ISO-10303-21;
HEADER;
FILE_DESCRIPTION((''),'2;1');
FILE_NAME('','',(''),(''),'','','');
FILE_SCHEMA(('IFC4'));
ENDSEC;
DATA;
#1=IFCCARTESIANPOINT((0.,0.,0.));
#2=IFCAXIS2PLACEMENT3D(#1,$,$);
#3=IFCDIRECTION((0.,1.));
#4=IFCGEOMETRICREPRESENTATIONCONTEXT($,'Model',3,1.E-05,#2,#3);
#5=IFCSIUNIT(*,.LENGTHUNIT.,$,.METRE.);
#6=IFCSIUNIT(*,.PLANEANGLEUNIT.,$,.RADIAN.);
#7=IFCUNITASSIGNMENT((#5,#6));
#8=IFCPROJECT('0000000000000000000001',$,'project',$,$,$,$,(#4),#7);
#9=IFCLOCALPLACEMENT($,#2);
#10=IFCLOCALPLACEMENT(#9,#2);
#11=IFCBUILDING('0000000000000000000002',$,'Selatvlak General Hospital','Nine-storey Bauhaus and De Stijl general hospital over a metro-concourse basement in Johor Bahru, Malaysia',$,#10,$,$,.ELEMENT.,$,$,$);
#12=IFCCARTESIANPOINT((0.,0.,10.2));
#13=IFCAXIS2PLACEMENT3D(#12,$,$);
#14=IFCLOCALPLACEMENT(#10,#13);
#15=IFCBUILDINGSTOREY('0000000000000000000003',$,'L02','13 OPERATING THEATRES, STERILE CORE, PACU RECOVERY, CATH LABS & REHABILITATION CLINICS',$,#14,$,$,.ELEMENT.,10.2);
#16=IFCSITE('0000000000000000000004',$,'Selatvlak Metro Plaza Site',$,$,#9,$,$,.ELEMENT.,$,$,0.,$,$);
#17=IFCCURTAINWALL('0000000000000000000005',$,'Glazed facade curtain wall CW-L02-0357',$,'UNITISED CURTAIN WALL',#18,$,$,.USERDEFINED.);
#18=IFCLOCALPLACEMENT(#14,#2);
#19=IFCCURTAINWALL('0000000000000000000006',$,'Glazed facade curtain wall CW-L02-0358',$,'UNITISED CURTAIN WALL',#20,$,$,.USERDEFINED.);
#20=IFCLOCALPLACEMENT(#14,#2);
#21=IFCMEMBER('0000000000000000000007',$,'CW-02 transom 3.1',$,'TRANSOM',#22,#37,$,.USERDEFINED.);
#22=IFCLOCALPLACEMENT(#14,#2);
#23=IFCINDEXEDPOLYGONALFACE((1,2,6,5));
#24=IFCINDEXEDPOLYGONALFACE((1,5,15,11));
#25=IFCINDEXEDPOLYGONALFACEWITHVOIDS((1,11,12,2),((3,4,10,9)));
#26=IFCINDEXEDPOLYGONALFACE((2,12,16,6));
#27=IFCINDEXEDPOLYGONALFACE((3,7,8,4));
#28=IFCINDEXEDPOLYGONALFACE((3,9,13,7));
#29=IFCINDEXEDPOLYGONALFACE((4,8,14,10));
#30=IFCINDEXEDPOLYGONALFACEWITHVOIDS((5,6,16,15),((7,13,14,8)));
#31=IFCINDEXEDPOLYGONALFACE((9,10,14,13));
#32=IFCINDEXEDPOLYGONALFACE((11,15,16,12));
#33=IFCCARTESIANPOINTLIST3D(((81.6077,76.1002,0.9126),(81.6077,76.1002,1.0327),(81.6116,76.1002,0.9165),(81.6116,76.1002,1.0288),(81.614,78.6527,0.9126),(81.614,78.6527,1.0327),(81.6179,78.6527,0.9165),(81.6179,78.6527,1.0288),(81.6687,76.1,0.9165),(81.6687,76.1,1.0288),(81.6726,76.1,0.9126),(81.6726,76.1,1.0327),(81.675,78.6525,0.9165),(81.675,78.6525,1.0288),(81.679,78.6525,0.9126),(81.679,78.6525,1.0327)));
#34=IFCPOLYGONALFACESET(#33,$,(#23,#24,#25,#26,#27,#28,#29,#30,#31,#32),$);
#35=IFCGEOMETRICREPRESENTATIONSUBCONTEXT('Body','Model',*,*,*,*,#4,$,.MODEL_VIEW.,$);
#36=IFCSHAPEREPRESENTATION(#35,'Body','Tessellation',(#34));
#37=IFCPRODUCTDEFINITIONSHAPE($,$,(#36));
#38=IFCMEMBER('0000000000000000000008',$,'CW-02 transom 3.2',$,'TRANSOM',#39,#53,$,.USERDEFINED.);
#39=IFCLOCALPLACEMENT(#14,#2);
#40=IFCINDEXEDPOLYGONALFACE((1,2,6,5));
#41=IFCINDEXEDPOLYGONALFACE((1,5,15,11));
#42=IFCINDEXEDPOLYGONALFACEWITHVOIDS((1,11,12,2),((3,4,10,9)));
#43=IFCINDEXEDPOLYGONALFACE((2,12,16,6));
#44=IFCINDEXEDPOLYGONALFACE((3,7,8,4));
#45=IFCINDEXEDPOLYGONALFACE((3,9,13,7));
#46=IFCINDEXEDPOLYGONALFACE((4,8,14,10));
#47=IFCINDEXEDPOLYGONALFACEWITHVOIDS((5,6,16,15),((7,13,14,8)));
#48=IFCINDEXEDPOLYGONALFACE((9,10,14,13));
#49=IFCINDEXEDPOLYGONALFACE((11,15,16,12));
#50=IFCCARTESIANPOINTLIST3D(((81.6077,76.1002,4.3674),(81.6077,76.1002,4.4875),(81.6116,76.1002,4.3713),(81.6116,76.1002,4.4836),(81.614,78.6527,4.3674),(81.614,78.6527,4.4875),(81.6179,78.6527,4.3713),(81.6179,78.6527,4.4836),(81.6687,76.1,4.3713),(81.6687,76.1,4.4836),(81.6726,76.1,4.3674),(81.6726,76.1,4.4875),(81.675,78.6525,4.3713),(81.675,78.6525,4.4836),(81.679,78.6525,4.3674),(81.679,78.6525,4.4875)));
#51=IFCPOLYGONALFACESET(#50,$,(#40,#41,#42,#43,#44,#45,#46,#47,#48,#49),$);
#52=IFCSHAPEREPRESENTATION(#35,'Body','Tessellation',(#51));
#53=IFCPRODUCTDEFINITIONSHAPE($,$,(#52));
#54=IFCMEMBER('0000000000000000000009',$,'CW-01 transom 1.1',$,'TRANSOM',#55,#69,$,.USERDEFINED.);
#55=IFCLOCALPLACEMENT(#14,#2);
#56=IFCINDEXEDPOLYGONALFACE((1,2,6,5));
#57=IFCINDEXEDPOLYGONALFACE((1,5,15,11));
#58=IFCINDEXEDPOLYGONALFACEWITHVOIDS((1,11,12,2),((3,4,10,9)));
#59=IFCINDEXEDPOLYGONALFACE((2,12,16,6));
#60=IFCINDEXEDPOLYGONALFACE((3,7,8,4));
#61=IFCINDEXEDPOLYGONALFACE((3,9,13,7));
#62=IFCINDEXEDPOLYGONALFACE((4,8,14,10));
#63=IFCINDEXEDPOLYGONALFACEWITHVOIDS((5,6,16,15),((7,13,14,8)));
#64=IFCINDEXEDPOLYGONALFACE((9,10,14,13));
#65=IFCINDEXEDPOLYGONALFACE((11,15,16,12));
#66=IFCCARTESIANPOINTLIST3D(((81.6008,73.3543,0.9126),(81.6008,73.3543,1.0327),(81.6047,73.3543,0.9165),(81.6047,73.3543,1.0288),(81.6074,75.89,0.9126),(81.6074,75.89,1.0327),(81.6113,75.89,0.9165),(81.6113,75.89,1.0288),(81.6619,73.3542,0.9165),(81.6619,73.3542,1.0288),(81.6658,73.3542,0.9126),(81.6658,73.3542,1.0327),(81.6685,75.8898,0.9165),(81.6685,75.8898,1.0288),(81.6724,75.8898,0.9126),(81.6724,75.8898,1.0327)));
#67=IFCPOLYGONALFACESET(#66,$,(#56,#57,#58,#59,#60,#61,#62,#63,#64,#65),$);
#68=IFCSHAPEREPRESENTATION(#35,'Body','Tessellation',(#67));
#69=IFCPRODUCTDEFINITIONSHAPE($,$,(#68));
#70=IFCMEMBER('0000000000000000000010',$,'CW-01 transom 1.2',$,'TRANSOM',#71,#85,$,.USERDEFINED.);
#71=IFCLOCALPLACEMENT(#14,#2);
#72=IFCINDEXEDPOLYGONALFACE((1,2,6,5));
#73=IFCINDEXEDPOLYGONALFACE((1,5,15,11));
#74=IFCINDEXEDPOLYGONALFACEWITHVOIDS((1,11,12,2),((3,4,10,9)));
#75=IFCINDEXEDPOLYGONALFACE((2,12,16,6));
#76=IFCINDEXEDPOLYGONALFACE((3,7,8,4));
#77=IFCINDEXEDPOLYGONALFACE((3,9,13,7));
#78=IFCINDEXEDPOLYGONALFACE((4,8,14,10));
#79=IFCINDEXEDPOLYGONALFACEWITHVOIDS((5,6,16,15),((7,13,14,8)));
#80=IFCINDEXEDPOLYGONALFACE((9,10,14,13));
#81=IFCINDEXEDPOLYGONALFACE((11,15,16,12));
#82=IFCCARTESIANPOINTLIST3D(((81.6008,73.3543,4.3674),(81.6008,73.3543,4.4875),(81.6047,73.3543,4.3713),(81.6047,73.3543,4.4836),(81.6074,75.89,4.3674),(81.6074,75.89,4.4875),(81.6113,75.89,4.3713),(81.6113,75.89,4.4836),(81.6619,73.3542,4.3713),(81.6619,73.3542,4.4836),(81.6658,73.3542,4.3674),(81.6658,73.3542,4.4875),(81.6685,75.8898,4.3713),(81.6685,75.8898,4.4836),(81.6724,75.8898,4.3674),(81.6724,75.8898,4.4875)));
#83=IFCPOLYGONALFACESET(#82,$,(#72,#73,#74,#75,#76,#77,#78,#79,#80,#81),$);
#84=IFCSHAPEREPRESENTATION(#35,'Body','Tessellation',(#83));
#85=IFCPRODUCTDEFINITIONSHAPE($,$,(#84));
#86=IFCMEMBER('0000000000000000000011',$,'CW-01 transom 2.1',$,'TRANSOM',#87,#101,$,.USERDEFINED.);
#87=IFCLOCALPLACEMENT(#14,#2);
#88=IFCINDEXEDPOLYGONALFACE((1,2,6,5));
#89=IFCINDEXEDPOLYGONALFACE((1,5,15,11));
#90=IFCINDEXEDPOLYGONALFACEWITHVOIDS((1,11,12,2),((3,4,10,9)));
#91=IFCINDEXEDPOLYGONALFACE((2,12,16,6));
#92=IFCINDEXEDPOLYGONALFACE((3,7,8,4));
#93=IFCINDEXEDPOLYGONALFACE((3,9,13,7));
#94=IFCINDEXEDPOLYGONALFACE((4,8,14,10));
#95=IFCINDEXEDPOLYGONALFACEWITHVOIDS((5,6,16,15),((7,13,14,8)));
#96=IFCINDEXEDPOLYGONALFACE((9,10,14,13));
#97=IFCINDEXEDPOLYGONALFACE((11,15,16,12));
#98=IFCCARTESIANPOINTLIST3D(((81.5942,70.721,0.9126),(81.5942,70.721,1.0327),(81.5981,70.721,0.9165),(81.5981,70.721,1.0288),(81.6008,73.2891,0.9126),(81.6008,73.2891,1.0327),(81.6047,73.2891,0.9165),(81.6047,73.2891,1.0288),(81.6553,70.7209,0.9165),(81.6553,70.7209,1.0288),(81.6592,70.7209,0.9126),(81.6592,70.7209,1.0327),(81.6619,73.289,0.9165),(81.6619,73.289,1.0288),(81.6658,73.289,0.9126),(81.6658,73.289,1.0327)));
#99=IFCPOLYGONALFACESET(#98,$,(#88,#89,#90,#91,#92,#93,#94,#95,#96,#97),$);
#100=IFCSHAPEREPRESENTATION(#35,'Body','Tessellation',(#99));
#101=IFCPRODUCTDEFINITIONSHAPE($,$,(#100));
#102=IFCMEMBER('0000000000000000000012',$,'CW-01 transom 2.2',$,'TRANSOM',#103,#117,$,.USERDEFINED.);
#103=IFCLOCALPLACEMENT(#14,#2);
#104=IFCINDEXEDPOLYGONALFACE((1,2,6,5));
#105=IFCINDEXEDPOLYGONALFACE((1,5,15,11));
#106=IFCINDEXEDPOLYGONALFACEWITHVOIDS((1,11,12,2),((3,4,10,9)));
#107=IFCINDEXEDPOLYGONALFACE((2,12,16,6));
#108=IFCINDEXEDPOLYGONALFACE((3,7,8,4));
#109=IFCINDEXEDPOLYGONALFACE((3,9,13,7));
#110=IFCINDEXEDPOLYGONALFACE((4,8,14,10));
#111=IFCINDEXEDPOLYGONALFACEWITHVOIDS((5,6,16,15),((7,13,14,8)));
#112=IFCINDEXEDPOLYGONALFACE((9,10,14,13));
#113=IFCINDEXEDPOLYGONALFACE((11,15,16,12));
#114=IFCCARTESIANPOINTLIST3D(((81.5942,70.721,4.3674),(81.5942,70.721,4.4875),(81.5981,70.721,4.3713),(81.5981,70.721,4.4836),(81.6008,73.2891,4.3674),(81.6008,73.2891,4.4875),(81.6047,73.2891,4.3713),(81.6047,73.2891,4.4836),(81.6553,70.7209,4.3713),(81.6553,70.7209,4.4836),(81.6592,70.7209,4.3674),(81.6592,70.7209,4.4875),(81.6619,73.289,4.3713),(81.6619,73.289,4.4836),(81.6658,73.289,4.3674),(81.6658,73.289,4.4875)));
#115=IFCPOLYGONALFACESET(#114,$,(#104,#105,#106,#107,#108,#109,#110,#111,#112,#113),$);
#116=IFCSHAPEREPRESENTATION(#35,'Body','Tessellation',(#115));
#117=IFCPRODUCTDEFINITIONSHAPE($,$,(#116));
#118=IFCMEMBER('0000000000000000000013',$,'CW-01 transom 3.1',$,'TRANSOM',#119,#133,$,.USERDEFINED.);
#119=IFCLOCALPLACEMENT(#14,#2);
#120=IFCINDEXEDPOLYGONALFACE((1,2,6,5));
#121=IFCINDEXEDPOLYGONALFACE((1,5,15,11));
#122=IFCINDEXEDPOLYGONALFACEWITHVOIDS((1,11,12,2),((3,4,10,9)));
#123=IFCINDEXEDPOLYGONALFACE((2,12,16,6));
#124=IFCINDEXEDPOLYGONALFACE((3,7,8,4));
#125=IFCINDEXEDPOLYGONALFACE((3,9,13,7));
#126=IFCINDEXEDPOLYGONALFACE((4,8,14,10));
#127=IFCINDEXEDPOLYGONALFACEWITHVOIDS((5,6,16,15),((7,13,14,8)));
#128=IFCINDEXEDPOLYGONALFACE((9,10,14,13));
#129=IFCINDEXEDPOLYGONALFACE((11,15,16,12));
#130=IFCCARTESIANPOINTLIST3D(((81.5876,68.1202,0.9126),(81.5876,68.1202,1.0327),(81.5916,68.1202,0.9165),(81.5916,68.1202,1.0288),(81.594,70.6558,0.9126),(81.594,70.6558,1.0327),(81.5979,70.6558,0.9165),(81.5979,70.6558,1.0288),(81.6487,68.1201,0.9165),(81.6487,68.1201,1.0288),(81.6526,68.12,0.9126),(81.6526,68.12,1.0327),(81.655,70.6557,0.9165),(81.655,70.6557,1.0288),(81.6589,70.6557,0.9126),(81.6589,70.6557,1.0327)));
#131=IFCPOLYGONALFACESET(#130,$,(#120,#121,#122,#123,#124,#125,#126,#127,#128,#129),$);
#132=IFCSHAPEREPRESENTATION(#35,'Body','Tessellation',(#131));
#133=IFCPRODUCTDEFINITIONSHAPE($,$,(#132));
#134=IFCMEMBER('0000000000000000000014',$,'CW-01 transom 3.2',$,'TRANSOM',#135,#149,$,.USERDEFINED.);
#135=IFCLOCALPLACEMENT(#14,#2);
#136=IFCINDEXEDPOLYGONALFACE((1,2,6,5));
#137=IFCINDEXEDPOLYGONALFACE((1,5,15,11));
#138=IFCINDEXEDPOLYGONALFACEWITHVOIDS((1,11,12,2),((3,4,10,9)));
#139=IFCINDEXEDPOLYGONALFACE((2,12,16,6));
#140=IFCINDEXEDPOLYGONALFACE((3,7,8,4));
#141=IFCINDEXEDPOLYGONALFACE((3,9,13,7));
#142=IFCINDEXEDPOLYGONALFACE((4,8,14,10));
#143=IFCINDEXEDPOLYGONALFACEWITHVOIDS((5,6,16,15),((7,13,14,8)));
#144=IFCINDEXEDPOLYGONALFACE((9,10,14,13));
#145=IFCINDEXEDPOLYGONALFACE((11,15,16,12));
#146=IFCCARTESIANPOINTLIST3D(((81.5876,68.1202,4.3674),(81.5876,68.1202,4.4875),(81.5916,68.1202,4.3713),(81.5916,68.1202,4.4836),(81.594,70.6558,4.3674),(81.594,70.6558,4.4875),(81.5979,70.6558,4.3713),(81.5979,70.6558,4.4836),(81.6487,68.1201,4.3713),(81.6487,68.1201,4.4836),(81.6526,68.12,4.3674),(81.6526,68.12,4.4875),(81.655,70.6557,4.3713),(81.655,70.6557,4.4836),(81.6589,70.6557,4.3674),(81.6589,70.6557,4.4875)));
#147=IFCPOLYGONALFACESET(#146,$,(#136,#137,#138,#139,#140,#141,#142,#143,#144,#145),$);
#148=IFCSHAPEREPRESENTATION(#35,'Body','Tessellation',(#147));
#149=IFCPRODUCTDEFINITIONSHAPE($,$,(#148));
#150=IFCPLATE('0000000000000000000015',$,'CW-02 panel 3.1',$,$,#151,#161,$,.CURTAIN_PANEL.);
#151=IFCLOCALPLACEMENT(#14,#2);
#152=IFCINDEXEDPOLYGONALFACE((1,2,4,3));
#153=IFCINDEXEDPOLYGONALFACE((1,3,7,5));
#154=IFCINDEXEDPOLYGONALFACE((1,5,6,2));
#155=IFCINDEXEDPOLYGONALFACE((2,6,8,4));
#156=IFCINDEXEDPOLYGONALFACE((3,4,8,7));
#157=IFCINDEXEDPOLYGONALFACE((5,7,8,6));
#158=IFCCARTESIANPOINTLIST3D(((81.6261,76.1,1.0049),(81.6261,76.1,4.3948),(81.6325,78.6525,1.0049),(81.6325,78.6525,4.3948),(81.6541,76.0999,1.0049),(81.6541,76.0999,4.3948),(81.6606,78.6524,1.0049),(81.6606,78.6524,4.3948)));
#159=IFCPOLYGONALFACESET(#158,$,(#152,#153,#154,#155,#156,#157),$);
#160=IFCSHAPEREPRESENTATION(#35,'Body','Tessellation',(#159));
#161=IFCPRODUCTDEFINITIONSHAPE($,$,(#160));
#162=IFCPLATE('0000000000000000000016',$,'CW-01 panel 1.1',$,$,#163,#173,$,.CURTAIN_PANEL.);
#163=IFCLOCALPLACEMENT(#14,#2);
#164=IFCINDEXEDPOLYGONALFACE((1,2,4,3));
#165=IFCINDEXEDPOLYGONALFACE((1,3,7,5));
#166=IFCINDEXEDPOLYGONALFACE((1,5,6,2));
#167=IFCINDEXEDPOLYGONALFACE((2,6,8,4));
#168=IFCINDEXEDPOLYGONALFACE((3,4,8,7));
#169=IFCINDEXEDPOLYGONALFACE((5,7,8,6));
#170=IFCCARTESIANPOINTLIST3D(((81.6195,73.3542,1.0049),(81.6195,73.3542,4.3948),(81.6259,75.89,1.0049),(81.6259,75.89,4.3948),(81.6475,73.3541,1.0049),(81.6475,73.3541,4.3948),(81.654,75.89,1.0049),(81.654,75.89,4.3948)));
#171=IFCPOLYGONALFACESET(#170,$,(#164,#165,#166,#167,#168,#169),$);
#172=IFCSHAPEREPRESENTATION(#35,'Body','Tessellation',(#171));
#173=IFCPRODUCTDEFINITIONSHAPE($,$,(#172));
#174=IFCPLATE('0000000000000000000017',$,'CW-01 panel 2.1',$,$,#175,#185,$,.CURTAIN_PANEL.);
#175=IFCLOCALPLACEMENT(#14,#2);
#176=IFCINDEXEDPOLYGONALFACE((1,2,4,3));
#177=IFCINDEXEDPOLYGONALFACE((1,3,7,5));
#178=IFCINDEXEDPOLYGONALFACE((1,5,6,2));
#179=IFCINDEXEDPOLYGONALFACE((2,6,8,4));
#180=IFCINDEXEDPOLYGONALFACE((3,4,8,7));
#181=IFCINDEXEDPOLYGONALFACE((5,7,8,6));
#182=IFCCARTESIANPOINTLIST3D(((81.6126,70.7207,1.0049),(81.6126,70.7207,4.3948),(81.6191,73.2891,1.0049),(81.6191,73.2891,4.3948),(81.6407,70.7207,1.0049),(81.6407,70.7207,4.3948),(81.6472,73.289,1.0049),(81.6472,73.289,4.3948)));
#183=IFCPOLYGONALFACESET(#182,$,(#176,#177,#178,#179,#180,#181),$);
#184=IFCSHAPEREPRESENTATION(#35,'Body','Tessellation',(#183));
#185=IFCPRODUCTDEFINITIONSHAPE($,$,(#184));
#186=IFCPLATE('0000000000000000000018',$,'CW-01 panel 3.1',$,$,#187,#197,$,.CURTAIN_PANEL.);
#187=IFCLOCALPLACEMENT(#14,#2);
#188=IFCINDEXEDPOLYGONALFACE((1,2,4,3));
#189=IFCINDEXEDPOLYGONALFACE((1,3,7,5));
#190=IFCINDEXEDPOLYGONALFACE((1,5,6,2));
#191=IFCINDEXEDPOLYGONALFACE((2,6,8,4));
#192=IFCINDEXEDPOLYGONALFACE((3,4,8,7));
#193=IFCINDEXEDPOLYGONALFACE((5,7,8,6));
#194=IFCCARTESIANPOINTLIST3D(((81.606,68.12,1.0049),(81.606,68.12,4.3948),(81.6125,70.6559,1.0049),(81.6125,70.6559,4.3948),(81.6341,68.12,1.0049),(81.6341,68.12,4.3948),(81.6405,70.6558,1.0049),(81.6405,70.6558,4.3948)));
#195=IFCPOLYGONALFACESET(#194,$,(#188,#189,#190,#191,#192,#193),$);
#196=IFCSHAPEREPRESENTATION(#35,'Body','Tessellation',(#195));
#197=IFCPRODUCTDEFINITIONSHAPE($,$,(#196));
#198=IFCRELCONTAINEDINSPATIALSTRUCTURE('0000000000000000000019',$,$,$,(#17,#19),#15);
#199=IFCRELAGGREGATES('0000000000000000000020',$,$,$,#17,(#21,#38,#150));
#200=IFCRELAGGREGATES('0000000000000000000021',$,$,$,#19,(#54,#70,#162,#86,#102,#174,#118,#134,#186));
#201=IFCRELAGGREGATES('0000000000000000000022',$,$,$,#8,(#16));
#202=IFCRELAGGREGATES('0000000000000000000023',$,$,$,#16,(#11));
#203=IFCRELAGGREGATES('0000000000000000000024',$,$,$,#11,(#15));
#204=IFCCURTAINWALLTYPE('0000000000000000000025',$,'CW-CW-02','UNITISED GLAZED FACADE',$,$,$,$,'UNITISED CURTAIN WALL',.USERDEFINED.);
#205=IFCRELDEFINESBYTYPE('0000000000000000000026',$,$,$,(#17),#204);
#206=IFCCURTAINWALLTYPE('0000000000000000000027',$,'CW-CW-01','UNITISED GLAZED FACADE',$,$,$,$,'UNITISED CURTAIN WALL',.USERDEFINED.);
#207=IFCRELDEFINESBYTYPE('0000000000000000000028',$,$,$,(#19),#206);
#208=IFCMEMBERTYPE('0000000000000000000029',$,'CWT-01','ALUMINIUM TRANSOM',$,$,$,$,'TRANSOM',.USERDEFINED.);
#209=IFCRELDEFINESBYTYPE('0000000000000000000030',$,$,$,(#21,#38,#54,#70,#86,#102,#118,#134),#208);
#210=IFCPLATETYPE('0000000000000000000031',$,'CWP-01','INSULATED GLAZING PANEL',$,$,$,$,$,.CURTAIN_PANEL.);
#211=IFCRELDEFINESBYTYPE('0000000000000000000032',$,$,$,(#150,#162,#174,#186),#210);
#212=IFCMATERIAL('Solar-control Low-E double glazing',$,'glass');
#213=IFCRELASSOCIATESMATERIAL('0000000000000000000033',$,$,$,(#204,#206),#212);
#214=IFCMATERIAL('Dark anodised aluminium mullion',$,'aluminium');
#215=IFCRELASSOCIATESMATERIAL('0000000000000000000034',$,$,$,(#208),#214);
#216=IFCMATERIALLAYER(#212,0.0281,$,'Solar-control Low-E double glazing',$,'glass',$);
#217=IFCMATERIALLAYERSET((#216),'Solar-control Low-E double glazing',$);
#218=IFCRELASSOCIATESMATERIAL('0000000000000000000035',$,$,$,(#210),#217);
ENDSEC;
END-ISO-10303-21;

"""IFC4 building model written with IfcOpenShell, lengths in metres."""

from ifc_helpers import new_model, si_unit, direction, frame, origin, origin_2d, place, context, subcontext, project, spatial, rectangle, hollow_rectangle, extrude, material, layer, layer_set, material_profile, profile_set, type_object, element, aggregate, save


model = new_model("IFC4")

# Units and contexts
model_context = context("Model", 3, precision=1e-05, world=origin(), true_north=direction((0.0, 1.0)))
body_context = subcontext(model_context, "Body", "Model", "MODEL_VIEW")
ifc_project = project(units=[si_unit("LENGTHUNIT", "METRE"), si_unit("PLANEANGLEUNIT", "RADIAN")], contexts=[model_context])

# Site, building, storey
site_placement = place(None, origin())
site = spatial("IfcSite", under=ifc_project, at=site_placement, Name="Selatvlak Metro Plaza Site", CompositionType="ELEMENT", RefElevation=0.0)
building_placement = place(site_placement, origin())
building = spatial("IfcBuilding", under=site, at=building_placement, Name="Selatvlak General Hospital", Description="Nine-storey Bauhaus and De Stijl general hospital over a metro-concourse basement in Johor Bahru, Malaysia", CompositionType="ELEMENT")
storey_placement = place(building_placement, frame((0.0, 0.0, 10.2)))
storey = spatial("IfcBuildingStorey", under=building, at=storey_placement, Name="L02", Description="13 OPERATING THEATRES, STERILE CORE, PACU RECOVERY, CATH LABS & REHABILITATION CLINICS", CompositionType="ELEMENT", Elevation=10.2)

# Curtain walls
ifc_material_1 = material(Name="Solar-control Low-E double glazing", Category="glass")
curtain_wall_type_1 = type_object("IfcCurtainWallType", Name="CW-CW-02", Description="UNITISED GLAZED FACADE", ElementType="UNITISED CURTAIN WALL", PredefinedType="USERDEFINED", material=ifc_material_1)
curtain_wall_1_placement = place(storey_placement, origin())
curtain_wall_1 = element("IfcCurtainWall", 1, at=curtain_wall_1_placement, inside=storey, type_object=curtain_wall_type_1, Name="Glazed facade curtain wall CW-L02-0357", ObjectType="UNITISED CURTAIN WALL", PredefinedType="USERDEFINED")
ifc_material_2 = material(Name="Dark anodised aluminium mullion", Category="aluminium")
curtain_wall_type_2 = type_object("IfcCurtainWallType", Name="CW-CW-01", Description="UNITISED GLAZED FACADE", ElementType="UNITISED CURTAIN WALL", PredefinedType="USERDEFINED", material=ifc_material_1)
curtain_wall_2_placement = place(storey_placement, origin())
curtain_wall_2 = element("IfcCurtainWall", 2, at=curtain_wall_2_placement, inside=storey, type_object=curtain_wall_type_2, Name="Glazed facade curtain wall CW-L02-0358", ObjectType="UNITISED CURTAIN WALL", PredefinedType="USERDEFINED")

# Members
ifc_material_profile_1 = material_profile(ifc_material_2, hollow_rectangle(XDim=0.0649, YDim=0.1201, WallThickness=0.0039, at=origin_2d()), Name="AL-TRN 65x120x4")
ifc_profile_set_1 = profile_set([ifc_material_profile_1], Name="Dark anodised aluminium mullion")
member_type_1 = type_object("IfcMemberType", Name="CWT-01", Description="ALUMINIUM TRANSOM", ElementType="TRANSOM", PredefinedType="USERDEFINED", material=ifc_profile_set_1)
member_1_placement = place(storey_placement, frame((81.6465, 78.6526, 0.9727), z_axis=(-0.002487, -0.999997, 0.0), x_axis=(0.999997, -0.002487, 0.0)))
member_1 = element("IfcMember", 3, at=member_1_placement, type_object=member_type_1, Name="CW-02 transom 3.1", ObjectType="TRANSOM", PredefinedType="USERDEFINED", context=body_context, shape_type="SweptSolid", body=[
    extrude(hollow_rectangle(XDim=0.0649, YDim=0.1201, WallThickness=0.0039, at=origin_2d()), origin(), (0.0, 0.0, 1.0), 2.5525),
])
member_2_placement = place(storey_placement, frame((81.6465, 78.6526, 4.4275), z_axis=(-0.002487, -0.999997, 0.0), x_axis=(0.999997, -0.002487, 0.0)))
member_2 = element("IfcMember", 4, at=member_2_placement, type_object=member_type_1, Name="CW-02 transom 3.2", ObjectType="TRANSOM", PredefinedType="USERDEFINED", context=body_context, shape_type="SweptSolid", body=[
    extrude(hollow_rectangle(XDim=0.0649, YDim=0.1201, WallThickness=0.0039, at=origin_2d()), origin(), (0.0, 0.0, 1.0), 2.5525),
])
member_3_placement = place(storey_placement, frame((81.6399, 75.8899, 0.9727), z_axis=(-0.0026, -0.999997, 0.0), x_axis=(0.999997, -0.0026, 0.0)))
member_3 = element("IfcMember", 5, at=member_3_placement, type_object=member_type_1, Name="CW-01 transom 1.1", ObjectType="TRANSOM", PredefinedType="USERDEFINED", context=body_context, shape_type="SweptSolid", body=[
    extrude(hollow_rectangle(XDim=0.0649, YDim=0.1201, WallThickness=0.0039, at=origin_2d()), origin(), (0.0, 0.0, 1.0), 2.5356),
])
member_4_placement = place(storey_placement, frame((81.6399, 75.8899, 4.4275), z_axis=(-0.0026, -0.999997, 0.0), x_axis=(0.999997, -0.0026, 0.0)))
member_4 = element("IfcMember", 6, at=member_4_placement, type_object=member_type_1, Name="CW-01 transom 1.2", ObjectType="TRANSOM", PredefinedType="USERDEFINED", context=body_context, shape_type="SweptSolid", body=[
    extrude(hollow_rectangle(XDim=0.0649, YDim=0.1201, WallThickness=0.0039, at=origin_2d()), origin(), (0.0, 0.0, 1.0), 2.5356),
])
member_5_placement = place(storey_placement, frame((81.6333, 73.2891, 0.9727), z_axis=(-0.002567, -0.999997, 0.0), x_axis=(0.999997, -0.002567, 0.0)))
member_5 = element("IfcMember", 7, at=member_5_placement, type_object=member_type_1, Name="CW-01 transom 2.1", ObjectType="TRANSOM", PredefinedType="USERDEFINED", context=body_context, shape_type="SweptSolid", body=[
    extrude(hollow_rectangle(XDim=0.0649, YDim=0.1201, WallThickness=0.0039, at=origin_2d()), origin(), (0.0, 0.0, 1.0), 2.5681),
])
member_6_placement = place(storey_placement, frame((81.6333, 73.2891, 4.4275), z_axis=(-0.002567, -0.999997, 0.0), x_axis=(0.999997, -0.002567, 0.0)))
member_6 = element("IfcMember", 8, at=member_6_placement, type_object=member_type_1, Name="CW-01 transom 2.2", ObjectType="TRANSOM", PredefinedType="USERDEFINED", context=body_context, shape_type="SweptSolid", body=[
    extrude(hollow_rectangle(XDim=0.0649, YDim=0.1201, WallThickness=0.0039, at=origin_2d()), origin(), (0.0, 0.0, 1.0), 2.5681),
])
member_7_placement = place(storey_placement, frame((81.6265, 70.6558, 0.9727), z_axis=(-0.002503, -0.999997, 0.0), x_axis=(0.999997, -0.002503, 0.0)))
member_7 = element("IfcMember", 9, at=member_7_placement, type_object=member_type_1, Name="CW-01 transom 3.1", ObjectType="TRANSOM", PredefinedType="USERDEFINED", context=body_context, shape_type="SweptSolid", body=[
    extrude(hollow_rectangle(XDim=0.0649, YDim=0.1201, WallThickness=0.0039, at=origin_2d()), origin(), (0.0, 0.0, 1.0), 2.5356),
])
member_8_placement = place(storey_placement, frame((81.6265, 70.6558, 4.4275), z_axis=(-0.002503, -0.999997, 0.0), x_axis=(0.999997, -0.002503, 0.0)))
member_8 = element("IfcMember", 10, at=member_8_placement, type_object=member_type_1, Name="CW-01 transom 3.2", ObjectType="TRANSOM", PredefinedType="USERDEFINED", context=body_context, shape_type="SweptSolid", body=[
    extrude(hollow_rectangle(XDim=0.0649, YDim=0.1201, WallThickness=0.0039, at=origin_2d()), origin(), (0.0, 0.0, 1.0), 2.5356),
])

# Plates
ifc_layer_1 = layer(ifc_material_1, 0.0281, Name="Solar-control Low-E double glazing", Category="glass")
ifc_layer_set_1 = layer_set([ifc_layer_1], Name="Solar-control Low-E double glazing")
plate_type = type_object("IfcPlateType", Name="CWP-01", Description="INSULATED GLAZING PANEL", PredefinedType="CURTAIN_PANEL", material=ifc_layer_set_1)
plate_1_placement = place(storey_placement, frame((81.6433, 77.3762, 1.0049), z_axis=(0.0, 0.0, 1.0), x_axis=(-0.002516, -0.999997, 0.0)))
plate_1 = element("IfcPlate", 11, at=plate_1_placement, type_object=plate_type, Name="CW-02 panel 3.1", PredefinedType="CURTAIN_PANEL", context=body_context, shape_type="SweptSolid", body=[
    extrude(rectangle(XDim=2.5525, YDim=0.0281, at=origin_2d()), origin(), (0.0, 0.0, 1.0), 3.3899),
])
aggregate(curtain_wall_1, [member_1, member_2, plate_1])
plate_2_placement = place(storey_placement, frame((81.6367, 74.6221, 1.0049), z_axis=(0.0, 0.0, 1.0), x_axis=(-0.002532, -0.999997, 0.0)))
plate_2 = element("IfcPlate", 12, at=plate_2_placement, type_object=plate_type, Name="CW-01 panel 1.1", PredefinedType="CURTAIN_PANEL", context=body_context, shape_type="SweptSolid", body=[
    extrude(rectangle(XDim=2.5359, YDim=0.0281, at=origin_2d()), origin(), (0.0, 0.0, 1.0), 3.3899),
])
plate_3_placement = place(storey_placement, frame((81.6299, 72.0049, 1.0049), z_axis=(0.0, 0.0, 1.0), x_axis=(-0.002532, -0.999997, 0.0)))
plate_3 = element("IfcPlate", 13, at=plate_3_placement, type_object=plate_type, Name="CW-01 panel 2.1", PredefinedType="CURTAIN_PANEL", context=body_context, shape_type="SweptSolid", body=[
    extrude(rectangle(XDim=2.5684, YDim=0.0281, at=origin_2d()), origin(), (0.0, 0.0, 1.0), 3.3899),
])
plate_4_placement = place(storey_placement, frame((81.6233, 69.3879, 1.0049), z_axis=(0.0, 0.0, 1.0), x_axis=(-0.002532, -0.999997, 0.0)))
plate_4 = element("IfcPlate", 14, at=plate_4_placement, type_object=plate_type, Name="CW-01 panel 3.1", PredefinedType="CURTAIN_PANEL", context=body_context, shape_type="SweptSolid", body=[
    extrude(rectangle(XDim=2.5359, YDim=0.0281, at=origin_2d()), origin(), (0.0, 0.0, 1.0), 3.3899),
])
aggregate(curtain_wall_2, [member_3, member_4, plate_2, member_5, member_6, plate_3, member_7, member_8, plate_4])

save(model, "model.ifc")
